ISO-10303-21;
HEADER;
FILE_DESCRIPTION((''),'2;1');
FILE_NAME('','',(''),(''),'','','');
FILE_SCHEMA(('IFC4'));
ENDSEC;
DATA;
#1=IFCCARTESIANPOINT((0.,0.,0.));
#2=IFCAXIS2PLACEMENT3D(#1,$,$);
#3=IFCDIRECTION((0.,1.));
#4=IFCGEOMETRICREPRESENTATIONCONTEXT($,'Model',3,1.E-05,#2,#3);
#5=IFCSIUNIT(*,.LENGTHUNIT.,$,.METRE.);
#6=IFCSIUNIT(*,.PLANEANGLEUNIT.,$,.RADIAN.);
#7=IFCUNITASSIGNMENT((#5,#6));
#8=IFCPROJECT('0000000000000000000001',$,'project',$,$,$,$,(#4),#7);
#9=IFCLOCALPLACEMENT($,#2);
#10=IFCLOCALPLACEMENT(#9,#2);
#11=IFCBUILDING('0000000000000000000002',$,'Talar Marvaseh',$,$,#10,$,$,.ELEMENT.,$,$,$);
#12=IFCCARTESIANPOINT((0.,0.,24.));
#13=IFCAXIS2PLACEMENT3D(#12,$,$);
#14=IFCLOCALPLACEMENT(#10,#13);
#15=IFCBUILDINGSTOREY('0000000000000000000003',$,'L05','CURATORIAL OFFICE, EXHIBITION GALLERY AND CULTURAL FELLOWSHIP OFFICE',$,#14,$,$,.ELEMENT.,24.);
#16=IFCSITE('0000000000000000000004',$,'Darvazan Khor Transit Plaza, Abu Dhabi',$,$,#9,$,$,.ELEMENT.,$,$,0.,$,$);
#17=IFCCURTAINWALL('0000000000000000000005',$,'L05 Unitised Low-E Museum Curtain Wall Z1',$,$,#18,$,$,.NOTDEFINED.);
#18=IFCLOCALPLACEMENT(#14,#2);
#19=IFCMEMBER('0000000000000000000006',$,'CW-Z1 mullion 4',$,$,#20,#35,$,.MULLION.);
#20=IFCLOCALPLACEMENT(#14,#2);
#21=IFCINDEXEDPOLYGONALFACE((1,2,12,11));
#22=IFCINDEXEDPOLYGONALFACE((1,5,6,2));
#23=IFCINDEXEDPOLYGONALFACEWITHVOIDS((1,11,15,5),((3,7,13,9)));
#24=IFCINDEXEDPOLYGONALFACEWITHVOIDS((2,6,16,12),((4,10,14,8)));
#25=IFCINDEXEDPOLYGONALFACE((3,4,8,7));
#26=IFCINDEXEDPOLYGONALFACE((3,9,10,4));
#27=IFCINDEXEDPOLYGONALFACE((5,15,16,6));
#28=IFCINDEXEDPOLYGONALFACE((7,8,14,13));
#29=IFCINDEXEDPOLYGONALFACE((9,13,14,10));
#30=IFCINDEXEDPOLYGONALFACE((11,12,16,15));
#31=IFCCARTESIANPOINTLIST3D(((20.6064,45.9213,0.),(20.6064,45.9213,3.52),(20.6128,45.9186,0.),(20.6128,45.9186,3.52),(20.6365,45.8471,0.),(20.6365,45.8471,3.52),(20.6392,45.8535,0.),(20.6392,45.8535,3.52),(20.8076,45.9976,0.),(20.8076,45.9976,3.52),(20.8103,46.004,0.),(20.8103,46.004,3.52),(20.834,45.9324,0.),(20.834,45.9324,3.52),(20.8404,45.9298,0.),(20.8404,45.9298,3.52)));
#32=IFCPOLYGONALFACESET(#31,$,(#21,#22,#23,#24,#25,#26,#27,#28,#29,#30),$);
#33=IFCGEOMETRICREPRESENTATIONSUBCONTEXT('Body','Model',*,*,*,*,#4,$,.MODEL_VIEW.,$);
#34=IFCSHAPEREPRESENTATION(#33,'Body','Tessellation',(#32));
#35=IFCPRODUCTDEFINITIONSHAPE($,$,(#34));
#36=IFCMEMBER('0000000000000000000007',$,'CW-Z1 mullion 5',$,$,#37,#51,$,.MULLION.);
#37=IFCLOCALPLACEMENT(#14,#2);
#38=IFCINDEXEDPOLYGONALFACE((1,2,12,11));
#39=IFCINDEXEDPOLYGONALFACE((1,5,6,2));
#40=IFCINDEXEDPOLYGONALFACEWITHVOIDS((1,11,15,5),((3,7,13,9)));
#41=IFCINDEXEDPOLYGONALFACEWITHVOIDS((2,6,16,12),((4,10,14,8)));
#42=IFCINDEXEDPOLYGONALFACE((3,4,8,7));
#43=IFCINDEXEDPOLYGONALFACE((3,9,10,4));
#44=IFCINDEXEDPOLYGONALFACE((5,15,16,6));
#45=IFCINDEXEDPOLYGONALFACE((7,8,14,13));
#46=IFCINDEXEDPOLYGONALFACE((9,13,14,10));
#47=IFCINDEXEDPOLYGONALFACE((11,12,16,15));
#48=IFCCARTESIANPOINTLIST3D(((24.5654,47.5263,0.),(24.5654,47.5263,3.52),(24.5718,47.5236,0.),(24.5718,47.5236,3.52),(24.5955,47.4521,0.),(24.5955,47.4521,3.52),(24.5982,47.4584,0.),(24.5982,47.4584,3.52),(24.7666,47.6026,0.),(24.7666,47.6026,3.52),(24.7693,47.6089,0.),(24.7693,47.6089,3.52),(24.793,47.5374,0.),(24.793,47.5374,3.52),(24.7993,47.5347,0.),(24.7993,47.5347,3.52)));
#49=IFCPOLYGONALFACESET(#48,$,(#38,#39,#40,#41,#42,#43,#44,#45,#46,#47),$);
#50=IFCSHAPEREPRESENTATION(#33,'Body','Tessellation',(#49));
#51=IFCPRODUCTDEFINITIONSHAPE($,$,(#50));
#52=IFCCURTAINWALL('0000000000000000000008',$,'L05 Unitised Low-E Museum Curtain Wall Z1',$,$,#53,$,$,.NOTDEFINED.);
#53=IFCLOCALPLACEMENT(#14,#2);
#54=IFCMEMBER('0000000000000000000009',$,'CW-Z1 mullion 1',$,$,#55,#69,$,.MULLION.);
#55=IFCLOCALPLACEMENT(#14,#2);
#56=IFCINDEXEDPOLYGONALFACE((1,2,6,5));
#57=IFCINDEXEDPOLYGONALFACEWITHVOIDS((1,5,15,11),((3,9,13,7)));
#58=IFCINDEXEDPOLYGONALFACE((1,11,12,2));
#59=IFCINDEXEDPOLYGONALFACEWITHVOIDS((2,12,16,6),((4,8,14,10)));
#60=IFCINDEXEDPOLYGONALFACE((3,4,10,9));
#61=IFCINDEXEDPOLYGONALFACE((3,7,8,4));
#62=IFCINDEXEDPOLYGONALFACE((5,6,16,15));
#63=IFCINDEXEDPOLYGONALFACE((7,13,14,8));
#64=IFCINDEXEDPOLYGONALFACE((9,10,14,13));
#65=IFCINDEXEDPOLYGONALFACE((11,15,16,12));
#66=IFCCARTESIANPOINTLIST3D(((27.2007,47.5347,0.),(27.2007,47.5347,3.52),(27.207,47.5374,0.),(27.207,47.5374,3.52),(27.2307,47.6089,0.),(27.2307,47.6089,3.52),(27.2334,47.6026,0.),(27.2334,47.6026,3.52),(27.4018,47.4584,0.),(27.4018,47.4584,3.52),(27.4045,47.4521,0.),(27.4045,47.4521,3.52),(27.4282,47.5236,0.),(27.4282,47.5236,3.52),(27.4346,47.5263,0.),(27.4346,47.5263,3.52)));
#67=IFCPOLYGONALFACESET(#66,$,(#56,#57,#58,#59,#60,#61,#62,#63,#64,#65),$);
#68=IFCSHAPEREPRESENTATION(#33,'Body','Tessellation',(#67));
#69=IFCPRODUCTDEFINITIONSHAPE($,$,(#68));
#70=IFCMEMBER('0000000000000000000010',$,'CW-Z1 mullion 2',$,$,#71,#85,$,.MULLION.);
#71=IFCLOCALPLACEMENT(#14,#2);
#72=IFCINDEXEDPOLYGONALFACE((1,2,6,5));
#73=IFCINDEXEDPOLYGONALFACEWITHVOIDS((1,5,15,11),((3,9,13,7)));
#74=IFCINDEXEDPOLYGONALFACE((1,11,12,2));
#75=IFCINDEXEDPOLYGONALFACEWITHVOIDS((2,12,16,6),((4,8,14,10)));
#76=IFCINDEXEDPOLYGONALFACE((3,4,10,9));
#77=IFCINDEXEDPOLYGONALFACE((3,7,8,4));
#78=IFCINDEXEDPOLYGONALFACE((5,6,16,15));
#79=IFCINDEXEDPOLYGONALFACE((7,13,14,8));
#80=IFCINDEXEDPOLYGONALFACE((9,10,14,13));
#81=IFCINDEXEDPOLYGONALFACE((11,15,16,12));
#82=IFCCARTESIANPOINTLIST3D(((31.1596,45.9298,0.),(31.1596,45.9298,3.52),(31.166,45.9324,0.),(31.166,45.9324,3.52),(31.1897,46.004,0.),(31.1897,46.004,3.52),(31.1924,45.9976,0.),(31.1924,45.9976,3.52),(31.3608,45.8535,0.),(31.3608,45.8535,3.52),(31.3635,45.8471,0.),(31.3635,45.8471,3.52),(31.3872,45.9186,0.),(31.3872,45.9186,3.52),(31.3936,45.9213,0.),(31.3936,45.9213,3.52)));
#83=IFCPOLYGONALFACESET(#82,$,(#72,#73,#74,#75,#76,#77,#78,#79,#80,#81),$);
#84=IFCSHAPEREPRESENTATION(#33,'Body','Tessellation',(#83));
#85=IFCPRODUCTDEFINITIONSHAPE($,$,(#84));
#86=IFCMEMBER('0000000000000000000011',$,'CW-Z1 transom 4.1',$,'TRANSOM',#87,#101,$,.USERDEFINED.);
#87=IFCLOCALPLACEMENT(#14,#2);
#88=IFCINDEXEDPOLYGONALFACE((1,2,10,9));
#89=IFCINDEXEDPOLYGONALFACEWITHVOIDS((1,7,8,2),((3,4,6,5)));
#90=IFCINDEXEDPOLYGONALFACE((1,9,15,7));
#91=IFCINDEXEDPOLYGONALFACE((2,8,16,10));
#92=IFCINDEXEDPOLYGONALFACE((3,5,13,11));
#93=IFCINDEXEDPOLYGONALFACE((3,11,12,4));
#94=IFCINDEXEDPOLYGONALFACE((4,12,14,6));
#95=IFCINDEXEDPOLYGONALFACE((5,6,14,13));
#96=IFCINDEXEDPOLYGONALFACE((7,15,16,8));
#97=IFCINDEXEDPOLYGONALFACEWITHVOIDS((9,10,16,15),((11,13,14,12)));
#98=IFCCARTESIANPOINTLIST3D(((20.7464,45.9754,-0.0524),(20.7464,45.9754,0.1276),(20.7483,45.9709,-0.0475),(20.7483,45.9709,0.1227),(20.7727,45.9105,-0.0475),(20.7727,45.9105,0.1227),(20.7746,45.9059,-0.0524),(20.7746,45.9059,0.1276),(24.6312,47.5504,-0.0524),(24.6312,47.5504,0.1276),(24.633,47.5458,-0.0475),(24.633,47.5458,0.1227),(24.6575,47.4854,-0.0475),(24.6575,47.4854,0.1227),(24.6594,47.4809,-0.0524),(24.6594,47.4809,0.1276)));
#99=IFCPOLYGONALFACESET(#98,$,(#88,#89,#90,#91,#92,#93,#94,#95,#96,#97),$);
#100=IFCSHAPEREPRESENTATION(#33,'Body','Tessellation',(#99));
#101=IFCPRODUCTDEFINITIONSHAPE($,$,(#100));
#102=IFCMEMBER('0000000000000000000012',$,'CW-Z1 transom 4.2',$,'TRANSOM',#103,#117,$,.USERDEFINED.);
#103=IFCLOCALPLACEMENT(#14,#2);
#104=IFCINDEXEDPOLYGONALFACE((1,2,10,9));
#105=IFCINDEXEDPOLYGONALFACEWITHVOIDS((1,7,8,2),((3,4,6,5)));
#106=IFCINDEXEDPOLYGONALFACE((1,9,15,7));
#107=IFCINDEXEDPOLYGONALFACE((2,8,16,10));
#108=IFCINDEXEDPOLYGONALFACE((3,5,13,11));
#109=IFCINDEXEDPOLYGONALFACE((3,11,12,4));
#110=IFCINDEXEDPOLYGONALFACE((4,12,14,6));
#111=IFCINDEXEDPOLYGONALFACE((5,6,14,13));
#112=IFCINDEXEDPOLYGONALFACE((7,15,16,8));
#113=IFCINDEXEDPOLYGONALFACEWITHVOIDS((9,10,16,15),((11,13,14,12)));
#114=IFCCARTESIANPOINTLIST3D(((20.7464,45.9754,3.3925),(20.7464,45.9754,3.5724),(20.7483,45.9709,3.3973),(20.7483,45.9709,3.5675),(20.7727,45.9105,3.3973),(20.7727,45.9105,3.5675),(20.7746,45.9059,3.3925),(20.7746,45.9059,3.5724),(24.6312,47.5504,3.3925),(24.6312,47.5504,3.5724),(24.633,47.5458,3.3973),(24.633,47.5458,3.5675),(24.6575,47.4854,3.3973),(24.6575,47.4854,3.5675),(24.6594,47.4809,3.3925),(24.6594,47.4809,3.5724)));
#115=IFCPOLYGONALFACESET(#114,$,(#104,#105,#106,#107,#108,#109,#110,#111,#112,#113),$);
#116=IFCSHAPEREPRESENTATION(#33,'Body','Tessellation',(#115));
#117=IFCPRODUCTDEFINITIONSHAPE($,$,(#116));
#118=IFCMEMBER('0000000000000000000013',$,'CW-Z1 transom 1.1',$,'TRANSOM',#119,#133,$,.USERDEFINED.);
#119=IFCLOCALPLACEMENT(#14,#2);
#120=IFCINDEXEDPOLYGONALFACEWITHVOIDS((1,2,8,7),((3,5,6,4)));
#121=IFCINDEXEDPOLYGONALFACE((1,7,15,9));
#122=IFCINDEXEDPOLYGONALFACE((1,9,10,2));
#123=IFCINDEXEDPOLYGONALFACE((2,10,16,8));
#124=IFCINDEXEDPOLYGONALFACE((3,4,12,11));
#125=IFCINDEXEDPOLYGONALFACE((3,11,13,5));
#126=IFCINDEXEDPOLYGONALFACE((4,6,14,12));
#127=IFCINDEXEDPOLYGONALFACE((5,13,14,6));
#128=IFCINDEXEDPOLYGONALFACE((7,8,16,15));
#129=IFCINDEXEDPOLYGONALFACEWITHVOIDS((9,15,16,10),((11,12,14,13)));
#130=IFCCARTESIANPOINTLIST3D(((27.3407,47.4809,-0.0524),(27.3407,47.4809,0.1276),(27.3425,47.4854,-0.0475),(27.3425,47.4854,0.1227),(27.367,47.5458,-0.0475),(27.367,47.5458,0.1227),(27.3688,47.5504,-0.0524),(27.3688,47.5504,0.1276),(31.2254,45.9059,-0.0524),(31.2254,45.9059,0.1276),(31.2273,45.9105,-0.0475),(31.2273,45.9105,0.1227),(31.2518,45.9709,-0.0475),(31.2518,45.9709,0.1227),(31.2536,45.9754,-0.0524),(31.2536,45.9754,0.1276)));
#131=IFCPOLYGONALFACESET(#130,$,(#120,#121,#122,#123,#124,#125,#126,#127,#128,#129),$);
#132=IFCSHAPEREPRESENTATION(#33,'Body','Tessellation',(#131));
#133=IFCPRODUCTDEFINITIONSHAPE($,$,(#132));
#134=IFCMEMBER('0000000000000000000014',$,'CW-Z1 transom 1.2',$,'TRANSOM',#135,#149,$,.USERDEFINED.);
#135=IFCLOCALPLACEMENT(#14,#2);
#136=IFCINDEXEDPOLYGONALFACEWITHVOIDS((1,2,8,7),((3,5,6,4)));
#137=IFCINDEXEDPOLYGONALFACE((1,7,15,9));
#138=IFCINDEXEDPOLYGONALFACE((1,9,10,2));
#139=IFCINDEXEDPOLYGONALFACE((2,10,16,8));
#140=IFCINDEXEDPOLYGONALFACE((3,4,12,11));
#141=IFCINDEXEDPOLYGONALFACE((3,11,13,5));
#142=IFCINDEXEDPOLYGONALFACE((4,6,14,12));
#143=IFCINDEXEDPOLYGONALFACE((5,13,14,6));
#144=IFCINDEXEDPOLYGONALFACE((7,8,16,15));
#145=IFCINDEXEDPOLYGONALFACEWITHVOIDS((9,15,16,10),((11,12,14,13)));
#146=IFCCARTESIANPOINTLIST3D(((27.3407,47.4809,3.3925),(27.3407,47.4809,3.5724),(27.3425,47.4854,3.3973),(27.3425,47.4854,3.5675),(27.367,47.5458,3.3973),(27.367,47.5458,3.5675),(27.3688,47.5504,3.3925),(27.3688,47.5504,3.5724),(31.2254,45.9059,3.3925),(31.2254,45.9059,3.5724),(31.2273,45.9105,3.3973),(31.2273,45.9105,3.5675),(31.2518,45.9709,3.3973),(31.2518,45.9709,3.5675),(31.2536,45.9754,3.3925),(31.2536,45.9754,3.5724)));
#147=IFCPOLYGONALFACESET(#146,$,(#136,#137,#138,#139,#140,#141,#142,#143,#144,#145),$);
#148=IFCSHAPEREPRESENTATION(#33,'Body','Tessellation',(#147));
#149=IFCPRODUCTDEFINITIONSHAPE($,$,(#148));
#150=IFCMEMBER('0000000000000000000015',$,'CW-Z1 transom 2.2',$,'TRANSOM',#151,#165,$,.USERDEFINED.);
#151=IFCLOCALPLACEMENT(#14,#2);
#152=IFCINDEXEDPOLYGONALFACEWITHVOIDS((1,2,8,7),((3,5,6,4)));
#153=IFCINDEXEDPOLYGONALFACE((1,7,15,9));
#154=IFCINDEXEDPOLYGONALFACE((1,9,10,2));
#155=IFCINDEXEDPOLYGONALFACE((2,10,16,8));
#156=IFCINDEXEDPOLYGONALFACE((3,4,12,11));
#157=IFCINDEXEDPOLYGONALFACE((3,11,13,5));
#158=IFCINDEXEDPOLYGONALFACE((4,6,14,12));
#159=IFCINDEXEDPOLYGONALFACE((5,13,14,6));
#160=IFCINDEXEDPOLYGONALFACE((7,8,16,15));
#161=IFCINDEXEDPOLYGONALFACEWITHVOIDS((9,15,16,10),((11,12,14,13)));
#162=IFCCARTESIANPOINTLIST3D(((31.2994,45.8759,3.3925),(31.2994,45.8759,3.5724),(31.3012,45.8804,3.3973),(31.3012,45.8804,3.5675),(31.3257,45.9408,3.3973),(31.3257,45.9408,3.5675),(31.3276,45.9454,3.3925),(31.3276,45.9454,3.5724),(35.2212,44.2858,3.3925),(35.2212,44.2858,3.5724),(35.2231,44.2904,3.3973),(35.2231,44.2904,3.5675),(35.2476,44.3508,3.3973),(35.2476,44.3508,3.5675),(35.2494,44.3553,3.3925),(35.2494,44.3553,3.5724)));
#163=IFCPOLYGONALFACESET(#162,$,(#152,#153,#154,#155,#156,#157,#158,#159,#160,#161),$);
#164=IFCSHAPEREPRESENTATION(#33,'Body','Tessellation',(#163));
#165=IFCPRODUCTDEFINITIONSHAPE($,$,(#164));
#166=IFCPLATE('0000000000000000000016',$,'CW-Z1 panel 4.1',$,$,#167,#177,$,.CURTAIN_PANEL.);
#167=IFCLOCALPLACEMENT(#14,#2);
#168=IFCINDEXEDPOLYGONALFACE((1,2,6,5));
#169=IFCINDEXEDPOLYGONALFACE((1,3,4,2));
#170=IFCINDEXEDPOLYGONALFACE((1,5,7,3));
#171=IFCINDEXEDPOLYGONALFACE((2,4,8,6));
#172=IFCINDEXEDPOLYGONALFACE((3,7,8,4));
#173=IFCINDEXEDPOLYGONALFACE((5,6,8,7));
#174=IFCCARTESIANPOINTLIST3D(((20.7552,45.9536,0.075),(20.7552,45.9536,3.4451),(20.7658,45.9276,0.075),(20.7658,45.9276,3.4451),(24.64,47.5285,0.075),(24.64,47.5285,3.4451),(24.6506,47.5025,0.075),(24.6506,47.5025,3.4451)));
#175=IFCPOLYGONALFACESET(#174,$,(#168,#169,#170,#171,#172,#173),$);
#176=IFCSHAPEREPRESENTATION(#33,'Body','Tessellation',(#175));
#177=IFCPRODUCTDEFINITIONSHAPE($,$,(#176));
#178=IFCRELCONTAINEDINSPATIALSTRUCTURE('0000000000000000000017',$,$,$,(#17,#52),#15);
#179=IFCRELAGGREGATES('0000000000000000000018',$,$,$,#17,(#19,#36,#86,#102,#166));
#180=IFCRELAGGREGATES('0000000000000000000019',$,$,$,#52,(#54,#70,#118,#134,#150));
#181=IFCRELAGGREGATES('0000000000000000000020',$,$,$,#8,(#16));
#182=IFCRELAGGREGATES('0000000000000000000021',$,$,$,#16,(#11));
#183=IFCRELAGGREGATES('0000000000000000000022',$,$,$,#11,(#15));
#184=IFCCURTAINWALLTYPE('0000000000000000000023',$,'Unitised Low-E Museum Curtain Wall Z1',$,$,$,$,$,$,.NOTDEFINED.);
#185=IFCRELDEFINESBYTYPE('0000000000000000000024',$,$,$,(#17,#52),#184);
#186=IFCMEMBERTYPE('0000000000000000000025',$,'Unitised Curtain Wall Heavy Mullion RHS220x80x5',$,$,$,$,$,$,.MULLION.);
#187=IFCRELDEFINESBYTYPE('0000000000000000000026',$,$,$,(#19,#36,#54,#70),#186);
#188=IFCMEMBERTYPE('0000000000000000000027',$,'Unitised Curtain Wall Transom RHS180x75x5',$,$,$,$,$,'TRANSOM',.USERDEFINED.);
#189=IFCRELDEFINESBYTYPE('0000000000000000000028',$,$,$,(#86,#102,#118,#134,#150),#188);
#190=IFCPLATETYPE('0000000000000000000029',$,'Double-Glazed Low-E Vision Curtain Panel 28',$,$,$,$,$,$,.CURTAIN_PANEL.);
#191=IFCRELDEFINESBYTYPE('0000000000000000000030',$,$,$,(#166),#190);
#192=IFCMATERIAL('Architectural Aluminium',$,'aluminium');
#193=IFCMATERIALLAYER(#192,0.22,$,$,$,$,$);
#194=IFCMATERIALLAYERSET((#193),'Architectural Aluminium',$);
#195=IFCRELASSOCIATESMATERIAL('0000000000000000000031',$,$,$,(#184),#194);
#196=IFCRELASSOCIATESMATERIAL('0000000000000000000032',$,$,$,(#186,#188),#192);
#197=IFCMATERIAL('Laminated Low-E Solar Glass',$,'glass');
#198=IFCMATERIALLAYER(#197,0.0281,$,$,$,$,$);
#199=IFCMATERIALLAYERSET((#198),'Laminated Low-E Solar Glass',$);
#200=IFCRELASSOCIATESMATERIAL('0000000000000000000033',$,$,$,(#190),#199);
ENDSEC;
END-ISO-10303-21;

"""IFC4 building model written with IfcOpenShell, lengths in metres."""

from ifc_helpers import new_model, si_unit, direction, frame, origin, origin_2d, place, context, subcontext, project, spatial, rectangle, hollow_rectangle, extrude, source, transform, mapped, material, layer, layer_set, material_profile, profile_set, type_object, type_shapes, element, aggregate, save


model = new_model("IFC4")

# Units and contexts
model_context = context("Model", 3, precision=1e-05, world=origin(), true_north=direction((0.0, 1.0)))
body_context = subcontext(model_context, "Body", "Model", "MODEL_VIEW")
ifc_project = project(units=[si_unit("LENGTHUNIT", "METRE"), si_unit("PLANEANGLEUNIT", "RADIAN")], contexts=[model_context])

# Site, building, storey
site_placement = place(None, origin())
site = spatial("IfcSite", under=ifc_project, at=site_placement, Name="Darvazan Khor Transit Plaza, Abu Dhabi", CompositionType="ELEMENT", RefElevation=0.0)
building_placement = place(site_placement, origin())
building = spatial("IfcBuilding", under=site, at=building_placement, Name="Talar Marvaseh", CompositionType="ELEMENT")
storey_placement = place(building_placement, frame((0.0, 0.0, 24.0)))
storey = spatial("IfcBuildingStorey", under=building, at=storey_placement, Name="L05", Description="CURATORIAL OFFICE, EXHIBITION GALLERY AND CULTURAL FELLOWSHIP OFFICE", CompositionType="ELEMENT", Elevation=24.0)

# Curtain walls, members
ifc_material_1 = material(Name="Architectural Aluminium", Category="aluminium")
ifc_layer_1 = layer(ifc_material_1, 0.22)
ifc_layer_set_1 = layer_set([ifc_layer_1], Name="Architectural Aluminium")
curtain_wall_type = type_object("IfcCurtainWallType", Name="Unitised Low-E Museum Curtain Wall Z1", PredefinedType="NOTDEFINED", material=ifc_layer_set_1)
curtain_wall_1_placement = place(storey_placement, origin())
curtain_wall_1 = element("IfcCurtainWall", 1, at=curtain_wall_1_placement, inside=storey, type_object=curtain_wall_type, Name="L05 Unitised Low-E Museum Curtain Wall Z1", PredefinedType="NOTDEFINED")
ifc_material_profile_1 = material_profile(ifc_material_1, hollow_rectangle(XDim=0.0801, YDim=0.22, WallThickness=0.0049, at=origin_2d()), Name="RHS220x80x5")
ifc_profile_set_1 = profile_set([ifc_material_profile_1], Name="Architectural Aluminium")
member_type_1 = type_object("IfcMemberType", Name="Unitised Curtain Wall Heavy Mullion RHS220x80x5", PredefinedType="MULLION", material=ifc_profile_set_1)
shared_shape_1 = source(origin(), body_context, "Body", "SweptSolid", [
    extrude(hollow_rectangle(XDim=0.0801, YDim=0.22, WallThickness=0.0049, at=origin_2d()), origin(), (0.0, 0.0, 1.0), 3.52),
])
type_shapes(member_type_1, [shared_shape_1])
member_1_placement = place(storey_placement, frame((20.7234, 45.9255, 0.0), z_axis=(0.0, 0.0, 1.0), x_axis=(-0.375705, 0.926739, 0.0)))
member_1 = element("IfcMember", 2, at=member_1_placement, type_object=member_type_1, Name="CW-Z1 mullion 4", PredefinedType="MULLION", context=body_context, shape_type="MappedRepresentation", body=[
    mapped(shared_shape_1, transform((0.0, 0.0, 0.0), x_axis=(1.0, 0.0, 0.0), y_axis=(0.0, 1.0, 0.0), z_axis=(0.0, 0.0, 1.0), scale=1.0)),
])
member_2_placement = place(storey_placement, frame((24.6824, 47.5305, 0.0), z_axis=(0.0, 0.0, 1.0), x_axis=(-0.375705, 0.926739, 0.0)))
member_2 = element("IfcMember", 3, at=member_2_placement, type_object=member_type_1, Name="CW-Z1 mullion 5", PredefinedType="MULLION", context=body_context, shape_type="MappedRepresentation", body=[
    mapped(shared_shape_1, transform((0.0, 0.0, 0.0), x_axis=(1.0, 0.0, 0.0), y_axis=(0.0, 1.0, 0.0), z_axis=(0.0, 0.0, 1.0), scale=1.0)),
])
curtain_wall_2_placement = place(storey_placement, origin())
curtain_wall_2 = element("IfcCurtainWall", 4, at=curtain_wall_2_placement, inside=storey, type_object=curtain_wall_type, Name="L05 Unitised Low-E Museum Curtain Wall Z1", PredefinedType="NOTDEFINED")
member_3_placement = place(storey_placement, frame((27.3176, 47.5305, 0.0), z_axis=(0.0, 0.0, 1.0), x_axis=(0.375705, 0.926739, 0.0)))
member_3 = element("IfcMember", 5, at=member_3_placement, type_object=member_type_1, Name="CW-Z1 mullion 1", PredefinedType="MULLION", context=body_context, shape_type="MappedRepresentation", body=[
    mapped(shared_shape_1, transform((0.0, 0.0, 0.0), x_axis=(1.0, 0.0, 0.0), y_axis=(0.0, 1.0, 0.0), z_axis=(0.0, 0.0, 1.0), scale=1.0)),
])
member_4_placement = place(storey_placement, frame((31.2766, 45.9255, 0.0), z_axis=(0.0, 0.0, 1.0), x_axis=(0.375705, 0.926739, 0.0)))
member_4 = element("IfcMember", 6, at=member_4_placement, type_object=member_type_1, Name="CW-Z1 mullion 2", PredefinedType="MULLION", context=body_context, shape_type="MappedRepresentation", body=[
    mapped(shared_shape_1, transform((0.0, 0.0, 0.0), x_axis=(1.0, 0.0, 0.0), y_axis=(0.0, 1.0, 0.0), z_axis=(0.0, 0.0, 1.0), scale=1.0)),
])

# Members
ifc_material_profile_2 = material_profile(ifc_material_1, hollow_rectangle(XDim=0.075, YDim=0.1799, WallThickness=0.0049, at=origin_2d()), Name="RHS180x75x5")
ifc_profile_set_2 = profile_set([ifc_material_profile_2], Name="Architectural Aluminium")
member_type_2 = type_object("IfcMemberType", Name="Unitised Curtain Wall Transom RHS180x75x5", ElementType="TRANSOM", PredefinedType="USERDEFINED", material=ifc_profile_set_2)
shared_shape_2 = source(origin(), body_context, "Body", "SweptSolid", [
    extrude(hollow_rectangle(XDim=0.075, YDim=0.1799, WallThickness=0.0049, at=origin_2d()), origin(), (0.0, 0.0, 1.0), 4.1919),
])
member_5_placement = place(storey_placement, frame((20.7605, 45.9407, 0.0376), z_axis=(0.926735, 0.375715, 0.0), x_axis=(-0.375715, 0.926735, 0.0)))
member_5 = element("IfcMember", 7, at=member_5_placement, type_object=member_type_2, Name="CW-Z1 transom 4.1", ObjectType="TRANSOM", PredefinedType="USERDEFINED", context=body_context, shape_type="MappedRepresentation", body=[
    mapped(shared_shape_2, transform((0.0, 0.0, 0.0), x_axis=(1.0, 0.0, 0.0), y_axis=(0.0, 1.0, 0.0), z_axis=(0.0, 0.0, 1.0), scale=1.0)),
])
member_6_placement = place(storey_placement, frame((20.7605, 45.9407, 3.4824), z_axis=(0.926735, 0.375715, 0.0), x_axis=(-0.375715, 0.926735, 0.0)))
member_6 = element("IfcMember", 8, at=member_6_placement, type_object=member_type_2, Name="CW-Z1 transom 4.2", ObjectType="TRANSOM", PredefinedType="USERDEFINED", context=body_context, shape_type="MappedRepresentation", body=[
    mapped(shared_shape_2, transform((0.0, 0.0, 0.0), x_axis=(1.0, 0.0, 0.0), y_axis=(0.0, 1.0, 0.0), z_axis=(0.0, 0.0, 1.0), scale=1.0)),
])
member_7_placement = place(storey_placement, frame((27.3547, 47.5156, 0.0376), z_axis=(0.926735, -0.375715, 0.0), x_axis=(0.375715, 0.926735, 0.0)))
member_7 = element("IfcMember", 9, at=member_7_placement, type_object=member_type_2, Name="CW-Z1 transom 1.1", ObjectType="TRANSOM", PredefinedType="USERDEFINED", context=body_context, shape_type="MappedRepresentation", body=[
    mapped(shared_shape_2, transform((0.0, 0.0, 0.0), x_axis=(1.0, 0.0, 0.0), y_axis=(0.0, 1.0, 0.0), z_axis=(0.0, 0.0, 1.0), scale=1.0)),
])
member_8_placement = place(storey_placement, frame((27.3547, 47.5156, 3.4824), z_axis=(0.926735, -0.375715, 0.0), x_axis=(0.375715, 0.926735, 0.0)))
member_8 = element("IfcMember", 10, at=member_8_placement, type_object=member_type_2, Name="CW-Z1 transom 1.2", ObjectType="TRANSOM", PredefinedType="USERDEFINED", context=body_context, shape_type="MappedRepresentation", body=[
    mapped(shared_shape_2, transform((0.0, 0.0, 0.0), x_axis=(1.0, 0.0, 0.0), y_axis=(0.0, 1.0, 0.0), z_axis=(0.0, 0.0, 1.0), scale=1.0)),
])
shared_shape_3 = source(origin(), body_context, "Body", "SweptSolid", [
    extrude(hollow_rectangle(XDim=0.075, YDim=0.1799, WallThickness=0.0049, at=origin_2d()), origin(), (0.0, 0.0, 1.0), 4.2319),
])
type_shapes(member_type_2, [shared_shape_2, shared_shape_3])
member_9_placement = place(storey_placement, frame((31.3135, 45.9106, 3.4824), z_axis=(0.926728, -0.375733, 0.0), x_axis=(0.375733, 0.926728, 0.0)))
member_9 = element("IfcMember", 11, at=member_9_placement, type_object=member_type_2, Name="CW-Z1 transom 2.2", ObjectType="TRANSOM", PredefinedType="USERDEFINED", context=body_context, shape_type="MappedRepresentation", body=[
    mapped(shared_shape_3, transform((0.0, 0.0, 0.0), x_axis=(1.0, 0.0, 0.0), y_axis=(0.0, 1.0, 0.0), z_axis=(0.0, 0.0, 1.0), scale=1.0)),
])

# Plate
ifc_material_2 = material(Name="Laminated Low-E Solar Glass", Category="glass")
ifc_layer_2 = layer(ifc_material_2, 0.0281)
ifc_layer_set_2 = layer_set([ifc_layer_2], Name="Laminated Low-E Solar Glass")
plate_type = type_object("IfcPlateType", Name="Double-Glazed Low-E Vision Curtain Panel 28", PredefinedType="CURTAIN_PANEL", material=ifc_layer_set_2)
shared_shape_4 = source(origin(), body_context, "Body", "SweptSolid", [
    extrude(rectangle(XDim=4.1919, YDim=0.0281, at=origin_2d()), origin(), (0.0, 0.0, 1.0), 3.3701),
])
type_shapes(plate_type, [shared_shape_4])
plate_1_placement = place(storey_placement, frame((22.7029, 46.728, 0.075), z_axis=(0.0, 0.0, 1.0), x_axis=(0.926739, 0.375705, 0.0)))
plate_1 = element("IfcPlate", 12, at=plate_1_placement, type_object=plate_type, Name="CW-Z1 panel 4.1", PredefinedType="CURTAIN_PANEL", context=body_context, shape_type="MappedRepresentation", body=[
    mapped(shared_shape_4, transform((0.0, 0.0, 0.0), x_axis=(1.0, 0.0, 0.0), y_axis=(0.0, 1.0, 0.0), z_axis=(0.0, 0.0, 1.0), scale=1.0)),
])
aggregate(curtain_wall_1, [member_1, member_2, member_5, member_6, plate_1])
aggregate(curtain_wall_2, [member_3, member_4, member_7, member_8, member_9])

save(model, "model.ifc")
